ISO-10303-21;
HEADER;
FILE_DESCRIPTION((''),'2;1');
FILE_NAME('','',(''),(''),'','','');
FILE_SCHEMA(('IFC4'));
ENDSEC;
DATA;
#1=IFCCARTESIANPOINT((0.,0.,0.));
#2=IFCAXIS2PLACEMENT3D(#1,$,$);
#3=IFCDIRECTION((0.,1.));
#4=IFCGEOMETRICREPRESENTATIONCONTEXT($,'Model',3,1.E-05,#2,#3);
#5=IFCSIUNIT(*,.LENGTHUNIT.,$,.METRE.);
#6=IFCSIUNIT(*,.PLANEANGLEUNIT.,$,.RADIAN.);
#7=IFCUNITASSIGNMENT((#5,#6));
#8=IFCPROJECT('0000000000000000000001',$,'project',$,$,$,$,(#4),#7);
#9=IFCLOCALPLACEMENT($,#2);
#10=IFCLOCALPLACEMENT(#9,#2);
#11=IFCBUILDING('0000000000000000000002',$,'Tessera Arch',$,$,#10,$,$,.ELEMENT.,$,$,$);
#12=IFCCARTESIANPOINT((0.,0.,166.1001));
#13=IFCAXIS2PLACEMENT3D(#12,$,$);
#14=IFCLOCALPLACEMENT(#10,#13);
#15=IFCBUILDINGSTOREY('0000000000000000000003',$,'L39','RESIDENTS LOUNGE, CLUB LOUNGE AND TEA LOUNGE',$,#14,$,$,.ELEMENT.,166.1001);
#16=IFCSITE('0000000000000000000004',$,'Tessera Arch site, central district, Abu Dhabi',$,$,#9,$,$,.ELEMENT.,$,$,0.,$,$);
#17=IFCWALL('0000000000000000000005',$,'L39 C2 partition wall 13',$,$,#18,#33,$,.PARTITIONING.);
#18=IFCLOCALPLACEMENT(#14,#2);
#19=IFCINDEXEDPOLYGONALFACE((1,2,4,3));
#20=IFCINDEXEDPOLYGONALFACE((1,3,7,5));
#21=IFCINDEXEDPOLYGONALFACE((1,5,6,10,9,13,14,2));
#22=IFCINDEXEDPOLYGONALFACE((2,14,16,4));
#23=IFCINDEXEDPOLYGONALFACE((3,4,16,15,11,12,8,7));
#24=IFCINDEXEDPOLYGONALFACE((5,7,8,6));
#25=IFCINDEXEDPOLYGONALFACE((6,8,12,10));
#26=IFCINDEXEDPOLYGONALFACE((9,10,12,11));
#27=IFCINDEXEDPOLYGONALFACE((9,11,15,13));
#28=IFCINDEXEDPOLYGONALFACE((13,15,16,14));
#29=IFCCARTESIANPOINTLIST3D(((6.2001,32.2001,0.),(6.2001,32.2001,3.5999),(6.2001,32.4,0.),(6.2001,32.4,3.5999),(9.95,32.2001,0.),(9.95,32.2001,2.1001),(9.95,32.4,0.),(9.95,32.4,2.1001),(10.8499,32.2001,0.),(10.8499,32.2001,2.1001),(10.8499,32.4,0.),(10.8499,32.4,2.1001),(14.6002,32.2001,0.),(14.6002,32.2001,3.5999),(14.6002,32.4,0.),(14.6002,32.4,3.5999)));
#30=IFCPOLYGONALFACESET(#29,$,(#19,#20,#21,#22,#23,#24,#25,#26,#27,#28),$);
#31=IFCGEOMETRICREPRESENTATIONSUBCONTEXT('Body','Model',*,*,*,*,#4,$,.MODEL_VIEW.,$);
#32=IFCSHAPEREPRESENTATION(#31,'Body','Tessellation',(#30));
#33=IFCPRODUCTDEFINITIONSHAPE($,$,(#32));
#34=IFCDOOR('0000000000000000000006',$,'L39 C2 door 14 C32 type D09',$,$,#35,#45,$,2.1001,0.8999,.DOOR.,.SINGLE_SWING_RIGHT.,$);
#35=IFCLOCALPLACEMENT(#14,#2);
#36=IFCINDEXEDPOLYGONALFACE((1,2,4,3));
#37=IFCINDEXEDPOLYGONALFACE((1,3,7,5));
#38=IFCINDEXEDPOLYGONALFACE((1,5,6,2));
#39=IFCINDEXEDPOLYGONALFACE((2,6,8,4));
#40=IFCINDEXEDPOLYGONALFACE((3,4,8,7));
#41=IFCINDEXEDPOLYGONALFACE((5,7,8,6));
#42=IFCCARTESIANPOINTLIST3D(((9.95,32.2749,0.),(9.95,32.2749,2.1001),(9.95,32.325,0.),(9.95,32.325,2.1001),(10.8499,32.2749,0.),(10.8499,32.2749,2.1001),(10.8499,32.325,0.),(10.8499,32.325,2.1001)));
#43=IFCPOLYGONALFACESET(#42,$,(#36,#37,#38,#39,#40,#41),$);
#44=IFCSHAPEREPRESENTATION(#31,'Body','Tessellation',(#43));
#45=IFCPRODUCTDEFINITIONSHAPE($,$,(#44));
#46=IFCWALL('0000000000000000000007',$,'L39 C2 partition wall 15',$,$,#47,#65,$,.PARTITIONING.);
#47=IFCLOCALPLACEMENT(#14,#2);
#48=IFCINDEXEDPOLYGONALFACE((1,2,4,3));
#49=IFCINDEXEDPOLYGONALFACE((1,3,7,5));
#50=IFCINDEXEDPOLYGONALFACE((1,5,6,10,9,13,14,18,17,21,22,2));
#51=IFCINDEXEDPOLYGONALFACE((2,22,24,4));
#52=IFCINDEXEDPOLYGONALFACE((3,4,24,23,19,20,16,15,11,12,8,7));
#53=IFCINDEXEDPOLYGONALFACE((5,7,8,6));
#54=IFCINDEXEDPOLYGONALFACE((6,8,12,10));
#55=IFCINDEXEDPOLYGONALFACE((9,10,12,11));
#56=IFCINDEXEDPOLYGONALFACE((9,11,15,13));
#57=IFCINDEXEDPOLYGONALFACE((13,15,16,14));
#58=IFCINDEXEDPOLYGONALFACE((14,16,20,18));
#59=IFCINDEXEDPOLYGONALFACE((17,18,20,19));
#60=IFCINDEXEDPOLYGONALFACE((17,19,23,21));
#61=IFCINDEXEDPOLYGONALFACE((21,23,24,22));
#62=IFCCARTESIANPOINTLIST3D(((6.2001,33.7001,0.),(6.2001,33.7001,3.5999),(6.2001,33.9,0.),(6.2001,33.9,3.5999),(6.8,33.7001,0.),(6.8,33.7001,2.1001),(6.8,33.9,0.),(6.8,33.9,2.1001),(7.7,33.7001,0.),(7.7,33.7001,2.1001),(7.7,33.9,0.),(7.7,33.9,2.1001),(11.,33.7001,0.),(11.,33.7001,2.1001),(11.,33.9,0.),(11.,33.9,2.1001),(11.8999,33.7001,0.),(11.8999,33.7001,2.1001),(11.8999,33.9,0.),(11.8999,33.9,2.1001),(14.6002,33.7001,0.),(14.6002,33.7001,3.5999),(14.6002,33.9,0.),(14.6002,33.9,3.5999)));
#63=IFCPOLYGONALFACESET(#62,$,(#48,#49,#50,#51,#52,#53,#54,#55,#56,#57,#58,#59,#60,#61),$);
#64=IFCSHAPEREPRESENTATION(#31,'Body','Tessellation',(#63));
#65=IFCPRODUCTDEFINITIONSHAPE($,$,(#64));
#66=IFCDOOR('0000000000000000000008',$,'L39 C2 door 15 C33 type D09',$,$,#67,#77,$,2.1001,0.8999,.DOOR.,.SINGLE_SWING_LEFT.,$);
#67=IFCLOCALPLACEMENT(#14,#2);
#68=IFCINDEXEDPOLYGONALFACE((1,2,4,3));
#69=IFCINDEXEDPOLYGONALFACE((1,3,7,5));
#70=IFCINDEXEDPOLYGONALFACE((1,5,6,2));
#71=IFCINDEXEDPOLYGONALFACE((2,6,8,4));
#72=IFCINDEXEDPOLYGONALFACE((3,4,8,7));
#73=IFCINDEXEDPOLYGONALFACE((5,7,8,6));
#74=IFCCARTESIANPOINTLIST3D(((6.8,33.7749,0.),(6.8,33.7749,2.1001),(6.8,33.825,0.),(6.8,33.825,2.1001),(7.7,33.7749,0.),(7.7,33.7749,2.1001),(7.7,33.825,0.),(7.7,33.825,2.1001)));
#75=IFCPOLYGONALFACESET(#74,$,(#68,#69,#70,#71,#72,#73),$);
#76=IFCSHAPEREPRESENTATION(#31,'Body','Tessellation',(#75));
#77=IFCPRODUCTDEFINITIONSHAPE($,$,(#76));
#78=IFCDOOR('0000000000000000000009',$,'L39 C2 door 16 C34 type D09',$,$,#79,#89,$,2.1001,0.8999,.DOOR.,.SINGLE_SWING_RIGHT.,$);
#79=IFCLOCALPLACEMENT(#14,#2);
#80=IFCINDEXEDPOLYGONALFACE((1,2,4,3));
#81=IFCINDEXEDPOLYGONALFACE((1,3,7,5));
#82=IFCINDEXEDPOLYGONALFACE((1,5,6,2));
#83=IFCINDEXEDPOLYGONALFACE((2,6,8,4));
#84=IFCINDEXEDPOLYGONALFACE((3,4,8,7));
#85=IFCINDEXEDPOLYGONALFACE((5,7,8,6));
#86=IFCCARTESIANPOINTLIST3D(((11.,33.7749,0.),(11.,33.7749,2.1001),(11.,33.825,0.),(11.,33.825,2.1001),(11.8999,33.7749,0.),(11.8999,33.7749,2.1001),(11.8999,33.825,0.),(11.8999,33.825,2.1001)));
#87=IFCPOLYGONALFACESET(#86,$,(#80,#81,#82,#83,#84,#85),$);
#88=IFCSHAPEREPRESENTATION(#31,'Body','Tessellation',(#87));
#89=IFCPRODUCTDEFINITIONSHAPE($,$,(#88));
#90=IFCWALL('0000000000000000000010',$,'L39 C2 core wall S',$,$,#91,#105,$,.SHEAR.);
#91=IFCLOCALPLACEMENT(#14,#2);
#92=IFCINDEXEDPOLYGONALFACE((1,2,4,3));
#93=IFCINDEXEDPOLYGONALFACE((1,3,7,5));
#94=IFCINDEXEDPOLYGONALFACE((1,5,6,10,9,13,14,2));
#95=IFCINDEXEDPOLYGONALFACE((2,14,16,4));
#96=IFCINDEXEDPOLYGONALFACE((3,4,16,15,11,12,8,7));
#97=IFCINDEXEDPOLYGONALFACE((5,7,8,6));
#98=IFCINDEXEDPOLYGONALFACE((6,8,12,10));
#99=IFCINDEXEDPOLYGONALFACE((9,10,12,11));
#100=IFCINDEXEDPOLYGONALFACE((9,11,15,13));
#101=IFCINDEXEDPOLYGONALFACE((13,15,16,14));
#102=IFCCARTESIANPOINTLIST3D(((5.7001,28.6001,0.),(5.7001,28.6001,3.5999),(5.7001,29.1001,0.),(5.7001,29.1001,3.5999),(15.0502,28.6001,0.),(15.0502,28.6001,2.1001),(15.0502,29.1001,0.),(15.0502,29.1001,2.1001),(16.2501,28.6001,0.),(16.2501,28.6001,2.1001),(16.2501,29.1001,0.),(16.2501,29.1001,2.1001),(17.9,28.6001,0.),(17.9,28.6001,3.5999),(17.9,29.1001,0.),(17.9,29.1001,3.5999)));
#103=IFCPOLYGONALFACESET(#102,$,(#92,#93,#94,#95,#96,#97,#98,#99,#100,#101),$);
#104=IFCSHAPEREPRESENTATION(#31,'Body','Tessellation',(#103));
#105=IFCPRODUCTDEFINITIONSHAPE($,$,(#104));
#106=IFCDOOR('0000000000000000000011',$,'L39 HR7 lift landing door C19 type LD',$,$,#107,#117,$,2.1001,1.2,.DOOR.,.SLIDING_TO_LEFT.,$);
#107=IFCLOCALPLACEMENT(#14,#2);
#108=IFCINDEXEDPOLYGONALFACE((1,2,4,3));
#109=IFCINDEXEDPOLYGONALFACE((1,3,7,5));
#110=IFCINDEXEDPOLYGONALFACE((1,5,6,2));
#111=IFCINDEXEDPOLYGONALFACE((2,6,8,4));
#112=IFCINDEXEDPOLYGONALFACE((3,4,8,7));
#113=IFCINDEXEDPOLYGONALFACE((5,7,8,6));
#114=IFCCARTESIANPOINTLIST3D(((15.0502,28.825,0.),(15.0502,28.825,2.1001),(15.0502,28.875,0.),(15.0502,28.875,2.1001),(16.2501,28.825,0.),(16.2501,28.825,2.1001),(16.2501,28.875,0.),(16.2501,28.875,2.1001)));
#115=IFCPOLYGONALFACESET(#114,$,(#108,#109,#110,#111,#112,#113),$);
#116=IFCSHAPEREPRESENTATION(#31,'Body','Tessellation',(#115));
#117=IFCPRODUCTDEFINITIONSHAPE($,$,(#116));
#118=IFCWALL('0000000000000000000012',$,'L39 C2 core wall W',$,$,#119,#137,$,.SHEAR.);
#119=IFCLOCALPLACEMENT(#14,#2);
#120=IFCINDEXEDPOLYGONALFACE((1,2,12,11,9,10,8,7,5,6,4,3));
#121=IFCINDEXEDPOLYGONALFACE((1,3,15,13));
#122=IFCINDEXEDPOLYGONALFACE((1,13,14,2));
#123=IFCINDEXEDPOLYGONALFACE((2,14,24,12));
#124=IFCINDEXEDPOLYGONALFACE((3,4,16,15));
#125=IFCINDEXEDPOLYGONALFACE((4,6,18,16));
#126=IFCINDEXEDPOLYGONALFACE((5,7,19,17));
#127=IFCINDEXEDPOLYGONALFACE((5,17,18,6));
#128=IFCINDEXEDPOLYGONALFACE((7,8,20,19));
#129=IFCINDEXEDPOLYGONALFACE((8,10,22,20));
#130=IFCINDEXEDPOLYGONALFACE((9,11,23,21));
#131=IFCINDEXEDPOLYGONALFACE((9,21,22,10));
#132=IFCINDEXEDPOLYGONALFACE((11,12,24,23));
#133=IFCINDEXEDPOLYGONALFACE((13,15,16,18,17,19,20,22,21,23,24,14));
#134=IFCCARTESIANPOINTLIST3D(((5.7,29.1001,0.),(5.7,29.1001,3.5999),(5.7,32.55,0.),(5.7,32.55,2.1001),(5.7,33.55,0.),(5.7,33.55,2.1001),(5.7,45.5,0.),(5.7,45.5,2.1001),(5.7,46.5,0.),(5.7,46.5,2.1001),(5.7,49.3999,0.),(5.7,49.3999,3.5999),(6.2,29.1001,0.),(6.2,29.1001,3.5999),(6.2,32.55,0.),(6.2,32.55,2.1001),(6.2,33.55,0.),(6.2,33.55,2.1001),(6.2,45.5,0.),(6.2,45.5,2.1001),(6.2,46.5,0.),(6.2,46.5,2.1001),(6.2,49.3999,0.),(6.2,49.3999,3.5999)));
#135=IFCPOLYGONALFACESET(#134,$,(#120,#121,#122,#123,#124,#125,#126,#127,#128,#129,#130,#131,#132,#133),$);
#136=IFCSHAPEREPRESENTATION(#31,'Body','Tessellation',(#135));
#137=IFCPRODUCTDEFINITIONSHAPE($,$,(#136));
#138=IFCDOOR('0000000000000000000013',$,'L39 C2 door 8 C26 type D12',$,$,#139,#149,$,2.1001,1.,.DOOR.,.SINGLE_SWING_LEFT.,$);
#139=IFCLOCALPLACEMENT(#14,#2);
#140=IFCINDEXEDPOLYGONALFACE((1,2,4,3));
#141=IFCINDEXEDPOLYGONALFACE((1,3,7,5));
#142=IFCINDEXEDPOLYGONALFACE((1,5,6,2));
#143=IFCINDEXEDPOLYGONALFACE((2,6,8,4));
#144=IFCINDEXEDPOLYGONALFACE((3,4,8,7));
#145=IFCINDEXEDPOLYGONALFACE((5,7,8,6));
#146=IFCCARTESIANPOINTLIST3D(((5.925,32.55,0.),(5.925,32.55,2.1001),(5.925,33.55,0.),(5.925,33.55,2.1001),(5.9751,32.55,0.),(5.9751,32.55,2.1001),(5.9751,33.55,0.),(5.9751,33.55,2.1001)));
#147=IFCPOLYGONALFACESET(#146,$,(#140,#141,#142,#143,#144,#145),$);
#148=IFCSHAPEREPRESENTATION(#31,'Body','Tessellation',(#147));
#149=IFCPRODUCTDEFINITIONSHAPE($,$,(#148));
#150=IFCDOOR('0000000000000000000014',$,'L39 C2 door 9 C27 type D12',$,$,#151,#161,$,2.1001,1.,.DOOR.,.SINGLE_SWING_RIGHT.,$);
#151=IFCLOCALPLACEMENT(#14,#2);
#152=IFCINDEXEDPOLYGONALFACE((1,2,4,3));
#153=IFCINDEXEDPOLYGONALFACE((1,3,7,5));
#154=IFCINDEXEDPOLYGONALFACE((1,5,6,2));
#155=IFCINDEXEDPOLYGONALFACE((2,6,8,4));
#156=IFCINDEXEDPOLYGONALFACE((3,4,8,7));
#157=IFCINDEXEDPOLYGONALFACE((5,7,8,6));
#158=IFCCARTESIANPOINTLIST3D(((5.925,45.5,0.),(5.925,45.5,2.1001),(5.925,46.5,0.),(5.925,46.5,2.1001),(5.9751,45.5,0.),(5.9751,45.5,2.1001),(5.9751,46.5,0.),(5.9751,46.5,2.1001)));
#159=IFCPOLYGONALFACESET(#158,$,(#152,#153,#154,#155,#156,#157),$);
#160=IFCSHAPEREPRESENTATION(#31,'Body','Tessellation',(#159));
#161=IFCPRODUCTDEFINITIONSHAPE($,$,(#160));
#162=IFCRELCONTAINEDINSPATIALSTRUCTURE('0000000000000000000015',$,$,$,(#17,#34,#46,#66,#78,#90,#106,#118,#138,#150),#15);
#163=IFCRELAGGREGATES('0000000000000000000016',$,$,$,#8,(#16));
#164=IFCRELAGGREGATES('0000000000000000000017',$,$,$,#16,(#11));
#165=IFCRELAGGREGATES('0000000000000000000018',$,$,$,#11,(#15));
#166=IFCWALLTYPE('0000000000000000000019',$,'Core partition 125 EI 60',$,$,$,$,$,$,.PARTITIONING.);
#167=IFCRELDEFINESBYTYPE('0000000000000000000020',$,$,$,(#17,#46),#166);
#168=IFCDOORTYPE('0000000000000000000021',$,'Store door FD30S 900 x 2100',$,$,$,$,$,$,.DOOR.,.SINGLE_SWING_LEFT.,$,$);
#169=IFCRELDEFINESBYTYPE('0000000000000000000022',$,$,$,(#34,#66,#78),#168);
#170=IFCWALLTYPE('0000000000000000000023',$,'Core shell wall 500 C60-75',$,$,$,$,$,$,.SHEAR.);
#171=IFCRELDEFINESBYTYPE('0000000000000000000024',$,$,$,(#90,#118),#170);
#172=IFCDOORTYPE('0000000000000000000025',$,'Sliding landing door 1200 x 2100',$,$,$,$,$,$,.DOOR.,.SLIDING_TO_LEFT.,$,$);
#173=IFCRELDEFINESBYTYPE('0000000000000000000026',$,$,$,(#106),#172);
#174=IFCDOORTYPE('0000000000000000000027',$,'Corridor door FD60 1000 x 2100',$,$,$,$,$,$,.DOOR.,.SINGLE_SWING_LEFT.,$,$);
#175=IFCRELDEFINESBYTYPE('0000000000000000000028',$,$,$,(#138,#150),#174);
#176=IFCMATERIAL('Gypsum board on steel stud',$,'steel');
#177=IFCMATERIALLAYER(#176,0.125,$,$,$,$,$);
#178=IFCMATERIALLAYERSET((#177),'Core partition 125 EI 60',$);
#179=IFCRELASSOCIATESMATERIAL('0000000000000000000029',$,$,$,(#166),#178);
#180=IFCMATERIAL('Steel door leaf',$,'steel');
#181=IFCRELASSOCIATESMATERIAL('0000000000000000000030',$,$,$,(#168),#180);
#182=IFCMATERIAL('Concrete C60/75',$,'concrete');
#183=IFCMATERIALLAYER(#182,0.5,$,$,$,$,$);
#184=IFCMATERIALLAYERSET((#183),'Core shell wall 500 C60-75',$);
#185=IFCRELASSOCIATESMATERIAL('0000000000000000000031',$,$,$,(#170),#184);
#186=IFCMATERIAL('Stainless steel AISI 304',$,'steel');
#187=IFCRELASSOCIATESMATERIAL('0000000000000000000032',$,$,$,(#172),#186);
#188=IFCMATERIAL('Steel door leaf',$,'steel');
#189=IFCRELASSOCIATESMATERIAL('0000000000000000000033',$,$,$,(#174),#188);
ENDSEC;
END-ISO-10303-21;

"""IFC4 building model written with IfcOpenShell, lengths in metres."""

from ifc_helpers import new_model, si_unit, direction, frame, frame_2d, origin, place, context, subcontext, project, spatial, rectangle, extrude, material, layer, layer_set, type_object, element, fill, save


model = new_model("IFC4")

# Units and contexts
model_context = context("Model", 3, precision=1e-05, world=origin(), true_north=direction((0.0, 1.0)))
body_context = subcontext(model_context, "Body", "Model", "MODEL_VIEW")
ifc_project = project(units=[si_unit("LENGTHUNIT", "METRE"), si_unit("PLANEANGLEUNIT", "RADIAN")], contexts=[model_context])

# Site, building, storey
site_placement = place(None, origin())
site = spatial("IfcSite", under=ifc_project, at=site_placement, Name="Tessera Arch site, central district, Abu Dhabi", CompositionType="ELEMENT", RefElevation=0.0)
building_placement = place(site_placement, origin())
building = spatial("IfcBuilding", under=site, at=building_placement, Name="Tessera Arch", CompositionType="ELEMENT")
storey_placement = place(building_placement, frame((0.0, 0.0, 166.1001)))
storey = spatial("IfcBuildingStorey", under=building, at=storey_placement, Name="L39", Description="RESIDENTS LOUNGE, CLUB LOUNGE AND TEA LOUNGE", CompositionType="ELEMENT", Elevation=166.1001)

# Shared definitions
ifc_material_1 = material(Name="Gypsum board on steel stud", Category="steel")
ifc_layer_1 = layer(ifc_material_1, 0.125)
ifc_layer_set_1 = layer_set([ifc_layer_1], Name="Core partition 125 EI 60")
wall_type_1 = type_object("IfcWallType", Name="Core partition 125 EI 60", PredefinedType="PARTITIONING", material=ifc_layer_set_1)

# Wall, opening, door
wall_1_placement = place(storey_placement, frame((6.2, 32.3, 0.0), z_axis=(0.0, 0.0, 1.0), x_axis=(1.0, 0.0, 0.0)))
wall_1 = element("IfcWall", 1, at=wall_1_placement, inside=storey, type_object=wall_type_1, Name="L39 C2 partition wall 13", PredefinedType="PARTITIONING", context=body_context, shape_type="SweptSolid", body=[
    extrude(rectangle(XDim=8.4001, YDim=0.2, at=frame_2d((4.2002, 0.0))), origin(), (0.0, 0.0, 1.0), 3.5999),
])
opening_1_placement = place(wall_1_placement, frame((3.75, 0.0, 0.0)))
opening_1 = element("IfcOpeningElement", 2, at=opening_1_placement, cuts=wall_1, PredefinedType="OPENING", context=body_context, shape_type="SweptSolid", body=[
    extrude(rectangle(XDim=0.8999, YDim=2.1001, at=frame_2d((0.45, 1.05))), frame((0.0, 0.1099, 0.0), z_axis=(0.0, -1.0, 0.0), x_axis=(1.0, 0.0, 0.0)), (0.0, 0.0, 1.0), 0.22),
])
ifc_material_2 = material(Name="Steel door leaf", Category="steel")
door_type_1 = type_object("IfcDoorType", Name="Store door FD30S 900 x 2100", OperationType="SINGLE_SWING_LEFT", PredefinedType="DOOR", material=ifc_material_2)
door_1_placement = place(opening_1_placement, origin())
door_1 = element("IfcDoor", 3, at=door_1_placement, inside=storey, type_object=door_type_1, Name="L39 C2 door 14 C32 type D09", OperationType="SINGLE_SWING_RIGHT", OverallHeight=2.1001, OverallWidth=0.8999, PredefinedType="DOOR", context=body_context, shape_type="SweptSolid", body=[
    extrude(rectangle(XDim=0.8999, YDim=2.1001, at=frame_2d((0.45, 1.05))), frame((0.0, 0.0249, 0.0), z_axis=(0.0, -1.0, 0.0), x_axis=(1.0, 0.0, 0.0)), (0.0, 0.0, 1.0), 0.05),
])
fill(opening_1, door_1)

# Wall, openings, doors
wall_2_placement = place(storey_placement, frame((6.2, 33.8, 0.0), z_axis=(0.0, 0.0, 1.0), x_axis=(1.0, 0.0, 0.0)))
wall_2 = element("IfcWall", 4, at=wall_2_placement, inside=storey, type_object=wall_type_1, Name="L39 C2 partition wall 15", PredefinedType="PARTITIONING", context=body_context, shape_type="SweptSolid", body=[
    extrude(rectangle(XDim=8.4001, YDim=0.2, at=frame_2d((4.2002, 0.0))), origin(), (0.0, 0.0, 1.0), 3.5999),
])
opening_2_placement = place(wall_2_placement, frame((0.6001, 0.0, 0.0)))
opening_2 = element("IfcOpeningElement", 5, at=opening_2_placement, cuts=wall_2, PredefinedType="OPENING", context=body_context, shape_type="SweptSolid", body=[
    extrude(rectangle(XDim=0.8999, YDim=2.1001, at=frame_2d((0.45, 1.05))), frame((0.0, 0.1099, 0.0), z_axis=(0.0, -1.0, 0.0), x_axis=(1.0, 0.0, 0.0)), (0.0, 0.0, 1.0), 0.22),
])
opening_3_placement = place(wall_2_placement, frame((4.8, 0.0, 0.0)))
opening_3 = element("IfcOpeningElement", 6, at=opening_3_placement, cuts=wall_2, PredefinedType="OPENING", context=body_context, shape_type="SweptSolid", body=[
    extrude(rectangle(XDim=0.8999, YDim=2.1001, at=frame_2d((0.45, 1.05))), frame((0.0, 0.1099, 0.0), z_axis=(0.0, -1.0, 0.0), x_axis=(1.0, 0.0, 0.0)), (0.0, 0.0, 1.0), 0.22),
])
door_2_placement = place(opening_2_placement, origin())
door_2 = element("IfcDoor", 7, at=door_2_placement, inside=storey, type_object=door_type_1, Name="L39 C2 door 15 C33 type D09", OperationType="SINGLE_SWING_LEFT", OverallHeight=2.1001, OverallWidth=0.8999, PredefinedType="DOOR", context=body_context, shape_type="SweptSolid", body=[
    extrude(rectangle(XDim=0.8999, YDim=2.1001, at=frame_2d((0.45, 1.05))), frame((0.0, 0.0249, 0.0), z_axis=(0.0, -1.0, 0.0), x_axis=(1.0, 0.0, 0.0)), (0.0, 0.0, 1.0), 0.05),
])
fill(opening_2, door_2)
door_3_placement = place(opening_3_placement, origin())
door_3 = element("IfcDoor", 8, at=door_3_placement, inside=storey, type_object=door_type_1, Name="L39 C2 door 16 C34 type D09", OperationType="SINGLE_SWING_RIGHT", OverallHeight=2.1001, OverallWidth=0.8999, PredefinedType="DOOR", context=body_context, shape_type="SweptSolid", body=[
    extrude(rectangle(XDim=0.8999, YDim=2.1001, at=frame_2d((0.45, 1.05))), frame((0.0, 0.0249, 0.0), z_axis=(0.0, -1.0, 0.0), x_axis=(1.0, 0.0, 0.0)), (0.0, 0.0, 1.0), 0.05),
])
fill(opening_3, door_3)

# Wall, opening, door
ifc_material_3 = material(Name="Concrete C60/75", Category="concrete")
ifc_layer_2 = layer(ifc_material_3, 0.5)
ifc_layer_set_2 = layer_set([ifc_layer_2], Name="Core shell wall 500 C60-75")
wall_type_2 = type_object("IfcWallType", Name="Core shell wall 500 C60-75", PredefinedType="SHEAR", material=ifc_layer_set_2)
wall_3_placement = place(storey_placement, frame((5.7, 28.8501, 0.0), z_axis=(0.0, 0.0, 1.0), x_axis=(1.0, 0.0, 0.0)))
wall_3 = element("IfcWall", 9, at=wall_3_placement, inside=storey, type_object=wall_type_2, Name="L39 C2 core wall S", PredefinedType="SHEAR", context=body_context, shape_type="SweptSolid", body=[
    extrude(rectangle(XDim=12.2, YDim=0.5, at=frame_2d((6.1001, 0.0))), origin(), (0.0, 0.0, 1.0), 3.5999),
])
opening_4_placement = place(wall_3_placement, frame((9.3501, 0.0, 0.0)))
opening_4 = element("IfcOpeningElement", 10, at=opening_4_placement, cuts=wall_3, PredefinedType="OPENING", context=body_context, shape_type="SweptSolid", body=[
    extrude(rectangle(XDim=1.2, YDim=2.1001, at=frame_2d((0.6001, 1.05))), frame((0.0, 0.26, 0.0), z_axis=(0.0, -1.0, 0.0), x_axis=(1.0, 0.0, 0.0)), (0.0, 0.0, 1.0), 0.52),
])
ifc_material_4 = material(Name="Stainless steel AISI 304", Category="steel")
door_type_2 = type_object("IfcDoorType", Name="Sliding landing door 1200 x 2100", OperationType="SLIDING_TO_LEFT", PredefinedType="DOOR", material=ifc_material_4)
door_4_placement = place(opening_4_placement, origin())
door_4 = element("IfcDoor", 11, at=door_4_placement, inside=storey, type_object=door_type_2, Name="L39 HR7 lift landing door C19 type LD", OperationType="SLIDING_TO_LEFT", OverallHeight=2.1001, OverallWidth=1.2, PredefinedType="DOOR", context=body_context, shape_type="SweptSolid", body=[
    extrude(rectangle(XDim=1.2, YDim=2.1001, at=frame_2d((0.6001, 1.05))), frame((0.0, 0.0249, 0.0), z_axis=(0.0, -1.0, 0.0), x_axis=(1.0, 0.0, 0.0)), (0.0, 0.0, 1.0), 0.05),
])
fill(opening_4, door_4)

# Wall, openings, doors
wall_4_placement = place(storey_placement, frame((5.95, 29.1001, 0.0), z_axis=(0.0, 0.0, 1.0), x_axis=(0.0, 1.0, 0.0)))
wall_4 = element("IfcWall", 12, at=wall_4_placement, inside=storey, type_object=wall_type_2, Name="L39 C2 core wall W", PredefinedType="SHEAR", context=body_context, shape_type="SweptSolid", body=[
    extrude(rectangle(XDim=20.2998, YDim=0.5, at=frame_2d((10.1499, 0.0))), origin(), (0.0, 0.0, 1.0), 3.5999),
])
opening_5_placement = place(wall_4_placement, frame((3.45, 0.0, 0.0)))
opening_5 = element("IfcOpeningElement", 13, at=opening_5_placement, cuts=wall_4, PredefinedType="OPENING", context=body_context, shape_type="SweptSolid", body=[
    extrude(rectangle(XDim=1.0, YDim=2.1001, at=frame_2d((0.5, 1.05))), frame((0.0, 0.26, 0.0), z_axis=(0.0, -1.0, 0.0), x_axis=(1.0, 0.0, 0.0)), (0.0, 0.0, 1.0), 0.52),
])
opening_6_placement = place(wall_4_placement, frame((16.3999, 0.0, 0.0)))
opening_6 = element("IfcOpeningElement", 14, at=opening_6_placement, cuts=wall_4, PredefinedType="OPENING", context=body_context, shape_type="SweptSolid", body=[
    extrude(rectangle(XDim=1.0, YDim=2.1001, at=frame_2d((0.5, 1.05))), frame((0.0, 0.26, 0.0), z_axis=(0.0, -1.0, 0.0), x_axis=(1.0, 0.0, 0.0)), (0.0, 0.0, 1.0), 0.52),
])
ifc_material_5 = material(Name="Steel door leaf", Category="steel")
door_type_3 = type_object("IfcDoorType", Name="Corridor door FD60 1000 x 2100", OperationType="SINGLE_SWING_LEFT", PredefinedType="DOOR", material=ifc_material_5)
door_5_placement = place(opening_5_placement, origin())
door_5 = element("IfcDoor", 15, at=door_5_placement, inside=storey, type_object=door_type_3, Name="L39 C2 door 8 C26 type D12", OperationType="SINGLE_SWING_LEFT", OverallHeight=2.1001, OverallWidth=1.0, PredefinedType="DOOR", context=body_context, shape_type="SweptSolid", body=[
    extrude(rectangle(XDim=1.0, YDim=2.1001, at=frame_2d((0.5, 1.05))), frame((0.0, 0.0249, 0.0), z_axis=(0.0, -1.0, 0.0), x_axis=(1.0, 0.0, 0.0)), (0.0, 0.0, 1.0), 0.05),
])
fill(opening_5, door_5)
door_6_placement = place(opening_6_placement, origin())
door_6 = element("IfcDoor", 16, at=door_6_placement, inside=storey, type_object=door_type_3, Name="L39 C2 door 9 C27 type D12", OperationType="SINGLE_SWING_RIGHT", OverallHeight=2.1001, OverallWidth=1.0, PredefinedType="DOOR", context=body_context, shape_type="SweptSolid", body=[
    extrude(rectangle(XDim=1.0, YDim=2.1001, at=frame_2d((0.5, 1.05))), frame((0.0, 0.0249, 0.0), z_axis=(0.0, -1.0, 0.0), x_axis=(1.0, 0.0, 0.0)), (0.0, 0.0, 1.0), 0.05),
])
fill(opening_6, door_6)

save(model, "model.ifc")
